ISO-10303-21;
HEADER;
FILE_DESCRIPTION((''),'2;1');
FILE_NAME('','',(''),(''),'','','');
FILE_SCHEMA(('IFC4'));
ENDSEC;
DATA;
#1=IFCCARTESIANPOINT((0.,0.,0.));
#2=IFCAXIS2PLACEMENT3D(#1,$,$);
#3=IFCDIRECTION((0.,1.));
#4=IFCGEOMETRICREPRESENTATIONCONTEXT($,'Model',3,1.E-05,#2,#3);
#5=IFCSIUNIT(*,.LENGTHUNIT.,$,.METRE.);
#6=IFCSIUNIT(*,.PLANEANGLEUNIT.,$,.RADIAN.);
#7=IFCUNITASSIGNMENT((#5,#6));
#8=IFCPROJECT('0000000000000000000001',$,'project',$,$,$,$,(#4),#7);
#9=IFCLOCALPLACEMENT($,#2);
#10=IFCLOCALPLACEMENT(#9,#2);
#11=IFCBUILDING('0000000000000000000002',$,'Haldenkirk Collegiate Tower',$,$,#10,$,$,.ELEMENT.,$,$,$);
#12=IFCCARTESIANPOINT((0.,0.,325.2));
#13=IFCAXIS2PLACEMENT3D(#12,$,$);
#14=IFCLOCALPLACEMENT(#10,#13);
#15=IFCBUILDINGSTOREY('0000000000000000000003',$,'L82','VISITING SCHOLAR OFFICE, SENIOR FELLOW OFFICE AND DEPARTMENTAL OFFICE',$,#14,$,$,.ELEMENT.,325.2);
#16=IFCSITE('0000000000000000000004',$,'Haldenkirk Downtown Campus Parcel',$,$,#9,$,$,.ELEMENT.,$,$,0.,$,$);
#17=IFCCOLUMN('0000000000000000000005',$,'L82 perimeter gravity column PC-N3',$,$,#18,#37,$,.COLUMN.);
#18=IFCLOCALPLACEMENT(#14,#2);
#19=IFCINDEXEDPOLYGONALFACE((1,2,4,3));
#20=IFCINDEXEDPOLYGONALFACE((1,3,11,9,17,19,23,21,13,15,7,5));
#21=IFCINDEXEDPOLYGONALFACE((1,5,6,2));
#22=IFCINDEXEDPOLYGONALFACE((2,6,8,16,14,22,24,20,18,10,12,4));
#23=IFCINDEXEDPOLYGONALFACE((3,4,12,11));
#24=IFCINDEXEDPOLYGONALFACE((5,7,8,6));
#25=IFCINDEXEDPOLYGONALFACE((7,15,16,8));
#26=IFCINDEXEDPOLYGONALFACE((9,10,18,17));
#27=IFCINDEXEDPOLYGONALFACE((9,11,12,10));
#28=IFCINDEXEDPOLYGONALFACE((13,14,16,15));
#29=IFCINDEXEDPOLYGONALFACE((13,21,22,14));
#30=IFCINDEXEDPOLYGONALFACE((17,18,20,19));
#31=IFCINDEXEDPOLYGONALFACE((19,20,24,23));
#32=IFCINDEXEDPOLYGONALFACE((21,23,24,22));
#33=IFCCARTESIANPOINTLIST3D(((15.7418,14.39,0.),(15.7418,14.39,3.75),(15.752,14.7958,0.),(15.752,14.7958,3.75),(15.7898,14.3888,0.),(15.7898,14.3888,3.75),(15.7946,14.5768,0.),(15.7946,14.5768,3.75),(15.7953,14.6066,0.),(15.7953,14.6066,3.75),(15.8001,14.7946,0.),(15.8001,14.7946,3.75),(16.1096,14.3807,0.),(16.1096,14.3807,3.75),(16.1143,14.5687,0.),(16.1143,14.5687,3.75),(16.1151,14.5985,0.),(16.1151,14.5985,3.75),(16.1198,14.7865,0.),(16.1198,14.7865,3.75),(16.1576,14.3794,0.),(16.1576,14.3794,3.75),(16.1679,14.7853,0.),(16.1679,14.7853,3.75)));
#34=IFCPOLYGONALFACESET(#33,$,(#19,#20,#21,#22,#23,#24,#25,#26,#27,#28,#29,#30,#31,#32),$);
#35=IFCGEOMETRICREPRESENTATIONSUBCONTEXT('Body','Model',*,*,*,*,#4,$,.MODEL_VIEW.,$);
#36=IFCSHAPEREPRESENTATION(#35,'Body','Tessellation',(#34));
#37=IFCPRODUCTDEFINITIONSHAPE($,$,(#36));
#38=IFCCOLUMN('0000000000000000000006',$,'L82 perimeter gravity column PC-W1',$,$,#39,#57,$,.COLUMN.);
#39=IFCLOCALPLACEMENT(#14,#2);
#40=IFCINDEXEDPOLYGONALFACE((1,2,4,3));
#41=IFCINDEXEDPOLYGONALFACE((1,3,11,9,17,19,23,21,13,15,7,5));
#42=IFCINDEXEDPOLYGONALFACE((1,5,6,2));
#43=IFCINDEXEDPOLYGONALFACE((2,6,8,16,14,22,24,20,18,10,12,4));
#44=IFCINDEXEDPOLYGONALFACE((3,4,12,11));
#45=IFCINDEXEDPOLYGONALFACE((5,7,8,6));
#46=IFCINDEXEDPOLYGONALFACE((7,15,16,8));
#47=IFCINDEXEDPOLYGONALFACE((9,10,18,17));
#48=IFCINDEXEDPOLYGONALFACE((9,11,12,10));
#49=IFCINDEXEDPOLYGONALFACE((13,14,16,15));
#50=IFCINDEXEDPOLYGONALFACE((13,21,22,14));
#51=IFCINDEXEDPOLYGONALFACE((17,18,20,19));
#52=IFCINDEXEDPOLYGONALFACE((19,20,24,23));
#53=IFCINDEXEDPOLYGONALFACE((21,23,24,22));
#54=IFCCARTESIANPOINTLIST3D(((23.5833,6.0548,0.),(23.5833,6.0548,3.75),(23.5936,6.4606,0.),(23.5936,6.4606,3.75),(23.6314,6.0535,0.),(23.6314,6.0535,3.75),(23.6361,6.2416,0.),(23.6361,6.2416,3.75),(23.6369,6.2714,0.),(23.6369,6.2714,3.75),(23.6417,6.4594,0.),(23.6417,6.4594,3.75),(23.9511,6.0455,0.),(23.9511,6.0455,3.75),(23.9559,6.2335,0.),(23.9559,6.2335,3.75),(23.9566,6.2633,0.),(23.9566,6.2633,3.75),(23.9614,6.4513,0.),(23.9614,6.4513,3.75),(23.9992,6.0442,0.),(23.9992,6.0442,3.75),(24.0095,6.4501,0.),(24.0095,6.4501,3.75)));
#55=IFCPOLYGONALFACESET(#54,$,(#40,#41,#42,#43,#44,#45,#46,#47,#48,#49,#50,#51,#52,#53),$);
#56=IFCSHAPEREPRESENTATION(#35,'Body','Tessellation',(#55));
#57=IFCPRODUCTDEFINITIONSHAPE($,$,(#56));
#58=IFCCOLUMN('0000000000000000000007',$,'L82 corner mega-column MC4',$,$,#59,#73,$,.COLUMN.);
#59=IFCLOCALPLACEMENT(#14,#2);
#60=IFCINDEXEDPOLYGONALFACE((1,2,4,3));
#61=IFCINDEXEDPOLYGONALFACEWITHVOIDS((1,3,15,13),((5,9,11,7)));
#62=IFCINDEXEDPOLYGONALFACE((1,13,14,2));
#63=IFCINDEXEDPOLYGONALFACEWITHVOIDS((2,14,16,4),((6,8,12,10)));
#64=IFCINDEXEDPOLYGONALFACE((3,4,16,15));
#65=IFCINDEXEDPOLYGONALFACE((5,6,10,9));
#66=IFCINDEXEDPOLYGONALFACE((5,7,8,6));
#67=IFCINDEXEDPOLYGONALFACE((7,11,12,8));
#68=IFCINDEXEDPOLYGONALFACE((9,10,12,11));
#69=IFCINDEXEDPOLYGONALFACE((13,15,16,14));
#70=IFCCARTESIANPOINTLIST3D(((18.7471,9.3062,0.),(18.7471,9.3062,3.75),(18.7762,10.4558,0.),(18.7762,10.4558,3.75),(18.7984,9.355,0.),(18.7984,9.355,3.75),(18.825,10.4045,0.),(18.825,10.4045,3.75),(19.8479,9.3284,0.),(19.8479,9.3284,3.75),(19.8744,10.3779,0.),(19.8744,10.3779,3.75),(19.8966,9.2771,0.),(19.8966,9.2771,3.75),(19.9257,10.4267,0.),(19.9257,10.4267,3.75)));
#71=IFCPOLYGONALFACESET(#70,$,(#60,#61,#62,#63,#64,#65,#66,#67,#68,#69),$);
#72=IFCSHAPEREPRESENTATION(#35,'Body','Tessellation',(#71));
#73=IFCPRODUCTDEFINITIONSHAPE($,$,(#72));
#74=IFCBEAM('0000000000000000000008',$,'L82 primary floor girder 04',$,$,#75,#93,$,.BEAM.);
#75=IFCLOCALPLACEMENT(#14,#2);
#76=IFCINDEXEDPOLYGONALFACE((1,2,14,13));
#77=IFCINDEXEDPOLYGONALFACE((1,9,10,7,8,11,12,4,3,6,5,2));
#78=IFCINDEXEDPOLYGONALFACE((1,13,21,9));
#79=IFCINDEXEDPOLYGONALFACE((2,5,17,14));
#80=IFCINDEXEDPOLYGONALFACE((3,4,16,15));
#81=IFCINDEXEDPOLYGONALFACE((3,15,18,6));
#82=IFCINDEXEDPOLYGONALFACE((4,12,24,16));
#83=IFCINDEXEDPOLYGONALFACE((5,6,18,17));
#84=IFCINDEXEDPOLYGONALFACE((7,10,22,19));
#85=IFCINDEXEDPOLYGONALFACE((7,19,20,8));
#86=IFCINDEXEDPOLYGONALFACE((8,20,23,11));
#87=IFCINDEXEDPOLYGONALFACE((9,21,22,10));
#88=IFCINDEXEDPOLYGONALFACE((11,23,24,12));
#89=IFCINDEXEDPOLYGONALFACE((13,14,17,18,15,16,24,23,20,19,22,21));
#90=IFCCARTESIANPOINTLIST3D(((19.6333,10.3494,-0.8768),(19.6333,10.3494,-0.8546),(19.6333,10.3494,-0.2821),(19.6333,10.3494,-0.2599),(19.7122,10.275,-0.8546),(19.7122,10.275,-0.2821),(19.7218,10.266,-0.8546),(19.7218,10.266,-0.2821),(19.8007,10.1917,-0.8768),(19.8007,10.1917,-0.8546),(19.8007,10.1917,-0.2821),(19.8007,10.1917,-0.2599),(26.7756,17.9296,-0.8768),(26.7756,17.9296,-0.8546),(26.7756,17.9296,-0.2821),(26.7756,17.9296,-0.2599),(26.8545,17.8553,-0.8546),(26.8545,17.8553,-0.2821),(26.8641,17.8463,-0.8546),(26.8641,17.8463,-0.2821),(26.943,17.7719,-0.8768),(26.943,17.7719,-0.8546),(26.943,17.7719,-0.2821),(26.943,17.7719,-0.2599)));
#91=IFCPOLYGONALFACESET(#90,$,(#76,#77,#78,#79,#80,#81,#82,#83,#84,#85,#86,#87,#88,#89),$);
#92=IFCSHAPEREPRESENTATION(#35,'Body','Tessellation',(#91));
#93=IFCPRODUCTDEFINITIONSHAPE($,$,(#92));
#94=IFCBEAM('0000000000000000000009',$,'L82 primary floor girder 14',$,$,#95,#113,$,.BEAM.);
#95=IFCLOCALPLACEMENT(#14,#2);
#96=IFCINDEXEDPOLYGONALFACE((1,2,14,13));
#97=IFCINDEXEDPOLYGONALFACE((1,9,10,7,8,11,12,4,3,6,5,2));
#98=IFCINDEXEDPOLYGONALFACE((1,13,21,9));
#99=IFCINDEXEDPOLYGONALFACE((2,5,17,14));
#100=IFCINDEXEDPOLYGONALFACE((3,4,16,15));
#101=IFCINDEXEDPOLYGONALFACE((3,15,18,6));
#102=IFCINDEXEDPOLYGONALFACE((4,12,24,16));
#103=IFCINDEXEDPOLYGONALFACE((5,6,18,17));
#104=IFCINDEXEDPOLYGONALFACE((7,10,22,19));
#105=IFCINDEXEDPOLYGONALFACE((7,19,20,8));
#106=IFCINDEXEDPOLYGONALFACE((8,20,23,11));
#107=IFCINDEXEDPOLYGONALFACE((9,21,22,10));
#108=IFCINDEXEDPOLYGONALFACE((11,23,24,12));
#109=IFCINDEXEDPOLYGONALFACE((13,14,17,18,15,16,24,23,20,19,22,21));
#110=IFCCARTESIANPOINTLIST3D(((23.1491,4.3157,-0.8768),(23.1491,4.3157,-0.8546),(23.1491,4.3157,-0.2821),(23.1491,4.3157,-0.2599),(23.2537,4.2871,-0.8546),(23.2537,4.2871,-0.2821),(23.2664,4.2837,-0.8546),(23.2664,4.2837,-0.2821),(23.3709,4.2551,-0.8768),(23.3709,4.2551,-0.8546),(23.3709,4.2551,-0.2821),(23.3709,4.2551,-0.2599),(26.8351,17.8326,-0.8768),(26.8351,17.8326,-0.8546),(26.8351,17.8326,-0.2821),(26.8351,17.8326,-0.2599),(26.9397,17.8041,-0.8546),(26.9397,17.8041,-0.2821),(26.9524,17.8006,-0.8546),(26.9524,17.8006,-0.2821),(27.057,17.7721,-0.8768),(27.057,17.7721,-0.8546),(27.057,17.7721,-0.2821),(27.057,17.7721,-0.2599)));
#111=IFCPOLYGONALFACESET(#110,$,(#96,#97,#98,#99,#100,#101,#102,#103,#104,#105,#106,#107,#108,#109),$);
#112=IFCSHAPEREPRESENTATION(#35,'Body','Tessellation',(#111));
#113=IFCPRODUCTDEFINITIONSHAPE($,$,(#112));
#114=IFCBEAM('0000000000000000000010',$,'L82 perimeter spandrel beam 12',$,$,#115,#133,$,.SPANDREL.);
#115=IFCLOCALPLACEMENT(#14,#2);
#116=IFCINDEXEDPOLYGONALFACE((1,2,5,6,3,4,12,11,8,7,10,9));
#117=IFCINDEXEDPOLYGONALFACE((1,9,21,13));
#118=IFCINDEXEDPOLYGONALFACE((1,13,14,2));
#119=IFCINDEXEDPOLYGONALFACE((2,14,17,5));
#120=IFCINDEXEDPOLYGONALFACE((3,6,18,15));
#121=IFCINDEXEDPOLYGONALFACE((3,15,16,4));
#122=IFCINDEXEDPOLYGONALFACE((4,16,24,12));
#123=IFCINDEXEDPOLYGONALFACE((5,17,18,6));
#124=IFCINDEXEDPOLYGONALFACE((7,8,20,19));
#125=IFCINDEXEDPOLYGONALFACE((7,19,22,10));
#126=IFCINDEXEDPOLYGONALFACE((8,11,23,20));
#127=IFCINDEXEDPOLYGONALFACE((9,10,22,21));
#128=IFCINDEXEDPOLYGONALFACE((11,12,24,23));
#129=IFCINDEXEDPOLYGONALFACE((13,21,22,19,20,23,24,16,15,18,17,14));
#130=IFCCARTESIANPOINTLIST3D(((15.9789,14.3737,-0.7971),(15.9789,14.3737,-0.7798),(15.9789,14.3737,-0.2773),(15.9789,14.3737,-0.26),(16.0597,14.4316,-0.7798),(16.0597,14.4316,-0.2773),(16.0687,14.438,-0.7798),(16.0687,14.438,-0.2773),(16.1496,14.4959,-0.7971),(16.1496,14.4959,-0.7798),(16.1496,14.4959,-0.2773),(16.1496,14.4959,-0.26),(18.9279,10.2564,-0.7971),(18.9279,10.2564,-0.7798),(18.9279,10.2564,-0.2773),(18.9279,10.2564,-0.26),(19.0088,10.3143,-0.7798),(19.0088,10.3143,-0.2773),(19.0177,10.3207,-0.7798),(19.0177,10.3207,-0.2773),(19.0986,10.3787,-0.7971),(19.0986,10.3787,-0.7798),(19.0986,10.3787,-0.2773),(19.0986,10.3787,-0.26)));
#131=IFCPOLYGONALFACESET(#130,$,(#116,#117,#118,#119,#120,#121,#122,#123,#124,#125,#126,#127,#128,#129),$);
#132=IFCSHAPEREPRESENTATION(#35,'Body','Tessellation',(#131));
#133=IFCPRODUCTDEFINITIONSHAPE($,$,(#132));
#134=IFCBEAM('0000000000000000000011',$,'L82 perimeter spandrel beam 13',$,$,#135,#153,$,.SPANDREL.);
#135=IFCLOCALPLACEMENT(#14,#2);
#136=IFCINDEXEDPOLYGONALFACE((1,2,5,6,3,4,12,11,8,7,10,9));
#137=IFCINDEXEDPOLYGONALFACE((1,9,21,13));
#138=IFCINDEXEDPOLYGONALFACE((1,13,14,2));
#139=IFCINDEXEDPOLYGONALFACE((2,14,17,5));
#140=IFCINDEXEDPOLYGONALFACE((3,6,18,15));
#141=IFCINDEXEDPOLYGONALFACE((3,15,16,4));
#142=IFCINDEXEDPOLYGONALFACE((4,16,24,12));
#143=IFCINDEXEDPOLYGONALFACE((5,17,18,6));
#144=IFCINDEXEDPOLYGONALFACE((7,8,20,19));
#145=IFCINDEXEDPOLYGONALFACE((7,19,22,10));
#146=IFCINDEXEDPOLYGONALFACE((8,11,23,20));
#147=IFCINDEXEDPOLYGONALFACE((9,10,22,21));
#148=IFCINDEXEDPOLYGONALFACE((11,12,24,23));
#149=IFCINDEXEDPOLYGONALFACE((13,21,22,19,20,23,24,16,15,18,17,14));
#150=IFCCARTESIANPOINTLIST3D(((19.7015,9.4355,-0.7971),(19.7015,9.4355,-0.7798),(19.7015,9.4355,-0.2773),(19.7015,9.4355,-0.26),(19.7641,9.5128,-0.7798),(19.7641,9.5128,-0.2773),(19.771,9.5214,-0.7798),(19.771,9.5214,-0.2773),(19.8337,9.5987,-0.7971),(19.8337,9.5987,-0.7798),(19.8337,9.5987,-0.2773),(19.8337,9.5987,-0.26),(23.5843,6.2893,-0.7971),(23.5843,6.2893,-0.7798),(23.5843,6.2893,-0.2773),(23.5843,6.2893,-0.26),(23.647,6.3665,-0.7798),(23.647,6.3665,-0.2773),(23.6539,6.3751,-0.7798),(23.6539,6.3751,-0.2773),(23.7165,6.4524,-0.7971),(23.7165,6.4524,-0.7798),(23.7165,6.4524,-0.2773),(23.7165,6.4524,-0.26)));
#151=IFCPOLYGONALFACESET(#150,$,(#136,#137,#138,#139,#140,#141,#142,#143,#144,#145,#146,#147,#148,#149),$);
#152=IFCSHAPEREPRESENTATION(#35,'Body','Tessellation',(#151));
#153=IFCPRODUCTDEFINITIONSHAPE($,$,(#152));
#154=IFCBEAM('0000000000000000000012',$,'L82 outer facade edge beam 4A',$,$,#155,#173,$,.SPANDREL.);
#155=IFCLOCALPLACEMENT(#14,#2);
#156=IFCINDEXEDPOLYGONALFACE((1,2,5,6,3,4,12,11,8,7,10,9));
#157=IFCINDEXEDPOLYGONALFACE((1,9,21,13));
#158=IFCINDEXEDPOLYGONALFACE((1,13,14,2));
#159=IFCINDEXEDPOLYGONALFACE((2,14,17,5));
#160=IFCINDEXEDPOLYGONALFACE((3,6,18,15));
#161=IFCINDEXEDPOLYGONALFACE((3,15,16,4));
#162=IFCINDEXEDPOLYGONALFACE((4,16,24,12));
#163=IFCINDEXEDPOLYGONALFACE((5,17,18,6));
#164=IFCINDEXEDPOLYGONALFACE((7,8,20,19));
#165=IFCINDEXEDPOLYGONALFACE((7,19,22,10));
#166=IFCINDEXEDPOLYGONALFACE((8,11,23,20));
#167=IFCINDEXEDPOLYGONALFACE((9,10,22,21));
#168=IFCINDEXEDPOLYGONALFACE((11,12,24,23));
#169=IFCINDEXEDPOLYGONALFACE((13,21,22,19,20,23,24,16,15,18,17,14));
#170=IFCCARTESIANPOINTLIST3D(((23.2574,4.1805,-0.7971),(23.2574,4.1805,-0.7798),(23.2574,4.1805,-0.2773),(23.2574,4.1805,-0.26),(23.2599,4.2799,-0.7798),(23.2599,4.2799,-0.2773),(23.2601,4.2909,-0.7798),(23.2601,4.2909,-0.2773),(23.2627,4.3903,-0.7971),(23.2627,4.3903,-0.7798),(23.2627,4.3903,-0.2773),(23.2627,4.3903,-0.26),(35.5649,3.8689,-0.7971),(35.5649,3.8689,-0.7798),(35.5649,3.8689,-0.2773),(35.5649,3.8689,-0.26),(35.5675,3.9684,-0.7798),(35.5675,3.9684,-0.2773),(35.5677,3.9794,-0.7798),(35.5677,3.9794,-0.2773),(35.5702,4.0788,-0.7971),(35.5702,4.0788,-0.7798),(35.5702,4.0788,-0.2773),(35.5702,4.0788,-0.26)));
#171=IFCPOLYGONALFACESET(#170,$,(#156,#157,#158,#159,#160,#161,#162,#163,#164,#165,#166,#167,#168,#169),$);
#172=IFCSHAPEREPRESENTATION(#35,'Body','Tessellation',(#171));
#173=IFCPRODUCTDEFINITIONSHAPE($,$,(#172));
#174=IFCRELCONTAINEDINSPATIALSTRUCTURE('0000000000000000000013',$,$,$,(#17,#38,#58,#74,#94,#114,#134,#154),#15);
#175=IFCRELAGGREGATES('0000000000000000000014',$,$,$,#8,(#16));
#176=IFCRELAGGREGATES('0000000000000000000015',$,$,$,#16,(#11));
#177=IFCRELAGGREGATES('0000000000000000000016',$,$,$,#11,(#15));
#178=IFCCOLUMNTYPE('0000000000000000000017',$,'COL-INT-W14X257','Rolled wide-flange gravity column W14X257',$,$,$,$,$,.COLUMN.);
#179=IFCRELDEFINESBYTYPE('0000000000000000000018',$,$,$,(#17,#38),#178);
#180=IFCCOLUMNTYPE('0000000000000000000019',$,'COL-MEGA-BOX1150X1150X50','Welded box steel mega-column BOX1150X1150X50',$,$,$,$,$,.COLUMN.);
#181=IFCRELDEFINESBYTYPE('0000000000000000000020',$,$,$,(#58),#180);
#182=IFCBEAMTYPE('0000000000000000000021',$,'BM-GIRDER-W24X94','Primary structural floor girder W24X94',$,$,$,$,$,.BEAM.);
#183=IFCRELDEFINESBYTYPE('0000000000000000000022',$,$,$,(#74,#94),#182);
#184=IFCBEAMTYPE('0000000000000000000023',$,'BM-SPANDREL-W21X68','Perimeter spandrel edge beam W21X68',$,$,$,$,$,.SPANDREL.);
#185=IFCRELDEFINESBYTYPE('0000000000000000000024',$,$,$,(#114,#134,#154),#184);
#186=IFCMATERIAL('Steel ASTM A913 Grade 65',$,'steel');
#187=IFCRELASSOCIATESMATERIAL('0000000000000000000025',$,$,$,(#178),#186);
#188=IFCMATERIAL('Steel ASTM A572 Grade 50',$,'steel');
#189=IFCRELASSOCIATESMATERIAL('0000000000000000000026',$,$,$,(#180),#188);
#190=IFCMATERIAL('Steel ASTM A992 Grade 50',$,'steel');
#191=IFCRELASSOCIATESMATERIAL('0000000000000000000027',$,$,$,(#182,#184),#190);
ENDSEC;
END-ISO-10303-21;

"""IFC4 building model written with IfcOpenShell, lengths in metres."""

from ifc_helpers import new_model, si_unit, direction, frame, origin, origin_2d, place, context, subcontext, project, spatial, hollow_rectangle, i_section, extrude, material, material_profile, profile_set, type_object, element, save


model = new_model("IFC4")

# Units and contexts
model_context = context("Model", 3, precision=1e-05, world=origin(), true_north=direction((0.0, 1.0)))
body_context = subcontext(model_context, "Body", "Model", "MODEL_VIEW")
ifc_project = project(units=[si_unit("LENGTHUNIT", "METRE"), si_unit("PLANEANGLEUNIT", "RADIAN")], contexts=[model_context])

# Site, building, storey
site_placement = place(None, origin())
site = spatial("IfcSite", under=ifc_project, at=site_placement, Name="Haldenkirk Downtown Campus Parcel", CompositionType="ELEMENT", RefElevation=0.0)
building_placement = place(site_placement, origin())
building = spatial("IfcBuilding", under=site, at=building_placement, Name="Haldenkirk Collegiate Tower", CompositionType="ELEMENT")
storey_placement = place(building_placement, frame((0.0, 0.0, 325.2)))
storey = spatial("IfcBuildingStorey", under=building, at=storey_placement, Name="L82", Description="VISITING SCHOLAR OFFICE, SENIOR FELLOW OFFICE AND DEPARTMENTAL OFFICE", CompositionType="ELEMENT", Elevation=325.2)

# Columns
ifc_material_1 = material(Name="Steel ASTM A913 Grade 65", Category="steel")
ifc_material_profile_1 = material_profile(ifc_material_1, i_section(OverallWidth=0.406, OverallDepth=0.416, WebThickness=0.0298, FlangeThickness=0.0481, at=origin_2d()), Name="W14X257")
ifc_profile_set_1 = profile_set([ifc_material_profile_1], Name="Steel ASTM A913 Grade 65")
column_type_1 = type_object("IfcColumnType", Name="COL-INT-W14X257", Description="Rolled wide-flange gravity column W14X257", PredefinedType="COLUMN", material=ifc_profile_set_1)
for number, where, z_axis, x_axis, name in (
    (1, (15.9548, 14.5876, 0.0), (0.0, 0.0, 1.0), (0.025305, 0.99968, 0.0), "L82 perimeter gravity column PC-N3"),
    (2, (23.7964, 6.2524, 0.0), (0.0, 0.0, 1.0), (0.025305, 0.99968, 0.0), "L82 perimeter gravity column PC-W1"),
):
    element("IfcColumn", number, at=place(storey_placement, frame(where, z_axis=z_axis, x_axis=x_axis)), inside=storey, type_object=column_type_1, Name=name, PredefinedType="COLUMN", context=body_context, shape_type="SweptSolid", body=[
        extrude(i_section(OverallWidth=0.406, OverallDepth=0.416, WebThickness=0.0298, FlangeThickness=0.0481, at=origin_2d()), origin(), (0.0, 0.0, 1.0), 3.75),
    ])
ifc_material_2 = material(Name="Steel ASTM A572 Grade 50", Category="steel")
ifc_material_profile_2 = material_profile(ifc_material_2, hollow_rectangle(XDim=1.1499, YDim=1.1499, WallThickness=0.05, at=origin_2d()), Name="BOX1150X1150X50")
ifc_profile_set_2 = profile_set([ifc_material_profile_2], Name="Steel ASTM A572 Grade 50")
column_type_2 = type_object("IfcColumnType", Name="COL-MEGA-BOX1150X1150X50", Description="Welded box steel mega-column BOX1150X1150X50", PredefinedType="COLUMN", material=ifc_profile_set_2)
column_placement = place(storey_placement, frame((19.3364, 9.8665, 0.0), z_axis=(0.0, 0.0, 1.0), x_axis=(0.025305, 0.99968, 0.0)))
element("IfcColumn", 3, at=column_placement, inside=storey, type_object=column_type_2, Name="L82 corner mega-column MC4", PredefinedType="COLUMN", context=body_context, shape_type="SweptSolid", body=[
    extrude(hollow_rectangle(XDim=1.1499, YDim=1.1499, WallThickness=0.05, at=origin_2d()), origin(), (0.0, 0.0, 1.0), 3.75),
])

# Beams
ifc_material_3 = material(Name="Steel ASTM A992 Grade 50", Category="steel")
ifc_material_profile_3 = material_profile(ifc_material_3, i_section(OverallWidth=0.23, OverallDepth=0.6169, WebThickness=0.0132, FlangeThickness=0.0222, at=origin_2d()), Name="W24X94")
ifc_profile_set_3 = profile_set([ifc_material_profile_3], Name="Steel ASTM A992 Grade 50")
beam_type_1 = type_object("IfcBeamType", Name="BM-GIRDER-W24X94", Description="Primary structural floor girder W24X94", PredefinedType="BEAM", material=ifc_profile_set_3)
beam_1_placement = place(storey_placement, frame((19.717, 10.2705, -0.5684), z_axis=(0.685767, 0.727821, 0.0), x_axis=(-0.727821, 0.685767, 0.0)))
element("IfcBeam", 4, at=beam_1_placement, inside=storey, type_object=beam_type_1, Name="L82 primary floor girder 04", PredefinedType="BEAM", context=body_context, shape_type="SweptSolid", body=[
    extrude(i_section(OverallWidth=0.23, OverallDepth=0.6169, WebThickness=0.0132, FlangeThickness=0.0222, at=origin_2d()), origin(), (0.0, 0.0, 1.0), 10.415),
])
beam_2_placement = place(storey_placement, frame((23.26, 4.2854, -0.5684), z_axis=(0.263092, 0.964771, 0.0), x_axis=(-0.964771, 0.263092, 0.0)))
element("IfcBeam", 5, at=beam_2_placement, inside=storey, type_object=beam_type_1, Name="L82 primary floor girder 14", PredefinedType="BEAM", context=body_context, shape_type="SweptSolid", body=[
    extrude(i_section(OverallWidth=0.23, OverallDepth=0.6169, WebThickness=0.0132, FlangeThickness=0.0222, at=origin_2d()), origin(), (0.0, 0.0, 1.0), 14.0105),
])
ifc_material_profile_4 = material_profile(ifc_material_3, i_section(OverallWidth=0.21, OverallDepth=0.5371, WebThickness=0.011, FlangeThickness=0.0173, at=origin_2d()), Name="W21X68")
ifc_profile_set_4 = profile_set([ifc_material_profile_4], Name="Steel ASTM A992 Grade 50")
beam_type_2 = type_object("IfcBeamType", Name="BM-SPANDREL-W21X68", Description="Perimeter spandrel edge beam W21X68", PredefinedType="SPANDREL", material=ifc_profile_set_4)
beam_3_placement = place(storey_placement, frame((16.0642, 14.4348, -0.5286), z_axis=(0.5823, -0.812974, 0.0), x_axis=(0.812974, 0.5823, 0.0)))
element("IfcBeam", 6, at=beam_3_placement, inside=storey, type_object=beam_type_2, Name="L82 perimeter spandrel beam 12", PredefinedType="SPANDREL", context=body_context, shape_type="SweptSolid", body=[
    extrude(i_section(OverallWidth=0.21, OverallDepth=0.5371, WebThickness=0.011, FlangeThickness=0.0173, at=origin_2d()), origin(), (0.0, 0.0, 1.0), 5.0645),
])
beam_4_placement = place(storey_placement, frame((19.7676, 9.5171, -0.5286), z_axis=(0.77695, -0.629562, 0.0), x_axis=(0.629562, 0.77695, 0.0)))
element("IfcBeam", 7, at=beam_4_placement, inside=storey, type_object=beam_type_2, Name="L82 perimeter spandrel beam 13", PredefinedType="SPANDREL", context=body_context, shape_type="SweptSolid", body=[
    extrude(i_section(OverallWidth=0.21, OverallDepth=0.5371, WebThickness=0.011, FlangeThickness=0.0173, at=origin_2d()), origin(), (0.0, 0.0, 1.0), 4.9976),
])
beam_5_placement = place(storey_placement, frame((23.26, 4.2854, -0.5286), z_axis=(0.99968, -0.025303, 0.0), x_axis=(0.025303, 0.99968, 0.0)))
element("IfcBeam", 8, at=beam_5_placement, inside=storey, type_object=beam_type_2, Name="L82 outer facade edge beam 4A", PredefinedType="SPANDREL", context=body_context, shape_type="SweptSolid", body=[
    extrude(i_section(OverallWidth=0.21, OverallDepth=0.5371, WebThickness=0.011, FlangeThickness=0.0173, at=origin_2d()), origin(), (0.0, 0.0, 1.0), 12.3115),
])

save(model, "model.ifc")
